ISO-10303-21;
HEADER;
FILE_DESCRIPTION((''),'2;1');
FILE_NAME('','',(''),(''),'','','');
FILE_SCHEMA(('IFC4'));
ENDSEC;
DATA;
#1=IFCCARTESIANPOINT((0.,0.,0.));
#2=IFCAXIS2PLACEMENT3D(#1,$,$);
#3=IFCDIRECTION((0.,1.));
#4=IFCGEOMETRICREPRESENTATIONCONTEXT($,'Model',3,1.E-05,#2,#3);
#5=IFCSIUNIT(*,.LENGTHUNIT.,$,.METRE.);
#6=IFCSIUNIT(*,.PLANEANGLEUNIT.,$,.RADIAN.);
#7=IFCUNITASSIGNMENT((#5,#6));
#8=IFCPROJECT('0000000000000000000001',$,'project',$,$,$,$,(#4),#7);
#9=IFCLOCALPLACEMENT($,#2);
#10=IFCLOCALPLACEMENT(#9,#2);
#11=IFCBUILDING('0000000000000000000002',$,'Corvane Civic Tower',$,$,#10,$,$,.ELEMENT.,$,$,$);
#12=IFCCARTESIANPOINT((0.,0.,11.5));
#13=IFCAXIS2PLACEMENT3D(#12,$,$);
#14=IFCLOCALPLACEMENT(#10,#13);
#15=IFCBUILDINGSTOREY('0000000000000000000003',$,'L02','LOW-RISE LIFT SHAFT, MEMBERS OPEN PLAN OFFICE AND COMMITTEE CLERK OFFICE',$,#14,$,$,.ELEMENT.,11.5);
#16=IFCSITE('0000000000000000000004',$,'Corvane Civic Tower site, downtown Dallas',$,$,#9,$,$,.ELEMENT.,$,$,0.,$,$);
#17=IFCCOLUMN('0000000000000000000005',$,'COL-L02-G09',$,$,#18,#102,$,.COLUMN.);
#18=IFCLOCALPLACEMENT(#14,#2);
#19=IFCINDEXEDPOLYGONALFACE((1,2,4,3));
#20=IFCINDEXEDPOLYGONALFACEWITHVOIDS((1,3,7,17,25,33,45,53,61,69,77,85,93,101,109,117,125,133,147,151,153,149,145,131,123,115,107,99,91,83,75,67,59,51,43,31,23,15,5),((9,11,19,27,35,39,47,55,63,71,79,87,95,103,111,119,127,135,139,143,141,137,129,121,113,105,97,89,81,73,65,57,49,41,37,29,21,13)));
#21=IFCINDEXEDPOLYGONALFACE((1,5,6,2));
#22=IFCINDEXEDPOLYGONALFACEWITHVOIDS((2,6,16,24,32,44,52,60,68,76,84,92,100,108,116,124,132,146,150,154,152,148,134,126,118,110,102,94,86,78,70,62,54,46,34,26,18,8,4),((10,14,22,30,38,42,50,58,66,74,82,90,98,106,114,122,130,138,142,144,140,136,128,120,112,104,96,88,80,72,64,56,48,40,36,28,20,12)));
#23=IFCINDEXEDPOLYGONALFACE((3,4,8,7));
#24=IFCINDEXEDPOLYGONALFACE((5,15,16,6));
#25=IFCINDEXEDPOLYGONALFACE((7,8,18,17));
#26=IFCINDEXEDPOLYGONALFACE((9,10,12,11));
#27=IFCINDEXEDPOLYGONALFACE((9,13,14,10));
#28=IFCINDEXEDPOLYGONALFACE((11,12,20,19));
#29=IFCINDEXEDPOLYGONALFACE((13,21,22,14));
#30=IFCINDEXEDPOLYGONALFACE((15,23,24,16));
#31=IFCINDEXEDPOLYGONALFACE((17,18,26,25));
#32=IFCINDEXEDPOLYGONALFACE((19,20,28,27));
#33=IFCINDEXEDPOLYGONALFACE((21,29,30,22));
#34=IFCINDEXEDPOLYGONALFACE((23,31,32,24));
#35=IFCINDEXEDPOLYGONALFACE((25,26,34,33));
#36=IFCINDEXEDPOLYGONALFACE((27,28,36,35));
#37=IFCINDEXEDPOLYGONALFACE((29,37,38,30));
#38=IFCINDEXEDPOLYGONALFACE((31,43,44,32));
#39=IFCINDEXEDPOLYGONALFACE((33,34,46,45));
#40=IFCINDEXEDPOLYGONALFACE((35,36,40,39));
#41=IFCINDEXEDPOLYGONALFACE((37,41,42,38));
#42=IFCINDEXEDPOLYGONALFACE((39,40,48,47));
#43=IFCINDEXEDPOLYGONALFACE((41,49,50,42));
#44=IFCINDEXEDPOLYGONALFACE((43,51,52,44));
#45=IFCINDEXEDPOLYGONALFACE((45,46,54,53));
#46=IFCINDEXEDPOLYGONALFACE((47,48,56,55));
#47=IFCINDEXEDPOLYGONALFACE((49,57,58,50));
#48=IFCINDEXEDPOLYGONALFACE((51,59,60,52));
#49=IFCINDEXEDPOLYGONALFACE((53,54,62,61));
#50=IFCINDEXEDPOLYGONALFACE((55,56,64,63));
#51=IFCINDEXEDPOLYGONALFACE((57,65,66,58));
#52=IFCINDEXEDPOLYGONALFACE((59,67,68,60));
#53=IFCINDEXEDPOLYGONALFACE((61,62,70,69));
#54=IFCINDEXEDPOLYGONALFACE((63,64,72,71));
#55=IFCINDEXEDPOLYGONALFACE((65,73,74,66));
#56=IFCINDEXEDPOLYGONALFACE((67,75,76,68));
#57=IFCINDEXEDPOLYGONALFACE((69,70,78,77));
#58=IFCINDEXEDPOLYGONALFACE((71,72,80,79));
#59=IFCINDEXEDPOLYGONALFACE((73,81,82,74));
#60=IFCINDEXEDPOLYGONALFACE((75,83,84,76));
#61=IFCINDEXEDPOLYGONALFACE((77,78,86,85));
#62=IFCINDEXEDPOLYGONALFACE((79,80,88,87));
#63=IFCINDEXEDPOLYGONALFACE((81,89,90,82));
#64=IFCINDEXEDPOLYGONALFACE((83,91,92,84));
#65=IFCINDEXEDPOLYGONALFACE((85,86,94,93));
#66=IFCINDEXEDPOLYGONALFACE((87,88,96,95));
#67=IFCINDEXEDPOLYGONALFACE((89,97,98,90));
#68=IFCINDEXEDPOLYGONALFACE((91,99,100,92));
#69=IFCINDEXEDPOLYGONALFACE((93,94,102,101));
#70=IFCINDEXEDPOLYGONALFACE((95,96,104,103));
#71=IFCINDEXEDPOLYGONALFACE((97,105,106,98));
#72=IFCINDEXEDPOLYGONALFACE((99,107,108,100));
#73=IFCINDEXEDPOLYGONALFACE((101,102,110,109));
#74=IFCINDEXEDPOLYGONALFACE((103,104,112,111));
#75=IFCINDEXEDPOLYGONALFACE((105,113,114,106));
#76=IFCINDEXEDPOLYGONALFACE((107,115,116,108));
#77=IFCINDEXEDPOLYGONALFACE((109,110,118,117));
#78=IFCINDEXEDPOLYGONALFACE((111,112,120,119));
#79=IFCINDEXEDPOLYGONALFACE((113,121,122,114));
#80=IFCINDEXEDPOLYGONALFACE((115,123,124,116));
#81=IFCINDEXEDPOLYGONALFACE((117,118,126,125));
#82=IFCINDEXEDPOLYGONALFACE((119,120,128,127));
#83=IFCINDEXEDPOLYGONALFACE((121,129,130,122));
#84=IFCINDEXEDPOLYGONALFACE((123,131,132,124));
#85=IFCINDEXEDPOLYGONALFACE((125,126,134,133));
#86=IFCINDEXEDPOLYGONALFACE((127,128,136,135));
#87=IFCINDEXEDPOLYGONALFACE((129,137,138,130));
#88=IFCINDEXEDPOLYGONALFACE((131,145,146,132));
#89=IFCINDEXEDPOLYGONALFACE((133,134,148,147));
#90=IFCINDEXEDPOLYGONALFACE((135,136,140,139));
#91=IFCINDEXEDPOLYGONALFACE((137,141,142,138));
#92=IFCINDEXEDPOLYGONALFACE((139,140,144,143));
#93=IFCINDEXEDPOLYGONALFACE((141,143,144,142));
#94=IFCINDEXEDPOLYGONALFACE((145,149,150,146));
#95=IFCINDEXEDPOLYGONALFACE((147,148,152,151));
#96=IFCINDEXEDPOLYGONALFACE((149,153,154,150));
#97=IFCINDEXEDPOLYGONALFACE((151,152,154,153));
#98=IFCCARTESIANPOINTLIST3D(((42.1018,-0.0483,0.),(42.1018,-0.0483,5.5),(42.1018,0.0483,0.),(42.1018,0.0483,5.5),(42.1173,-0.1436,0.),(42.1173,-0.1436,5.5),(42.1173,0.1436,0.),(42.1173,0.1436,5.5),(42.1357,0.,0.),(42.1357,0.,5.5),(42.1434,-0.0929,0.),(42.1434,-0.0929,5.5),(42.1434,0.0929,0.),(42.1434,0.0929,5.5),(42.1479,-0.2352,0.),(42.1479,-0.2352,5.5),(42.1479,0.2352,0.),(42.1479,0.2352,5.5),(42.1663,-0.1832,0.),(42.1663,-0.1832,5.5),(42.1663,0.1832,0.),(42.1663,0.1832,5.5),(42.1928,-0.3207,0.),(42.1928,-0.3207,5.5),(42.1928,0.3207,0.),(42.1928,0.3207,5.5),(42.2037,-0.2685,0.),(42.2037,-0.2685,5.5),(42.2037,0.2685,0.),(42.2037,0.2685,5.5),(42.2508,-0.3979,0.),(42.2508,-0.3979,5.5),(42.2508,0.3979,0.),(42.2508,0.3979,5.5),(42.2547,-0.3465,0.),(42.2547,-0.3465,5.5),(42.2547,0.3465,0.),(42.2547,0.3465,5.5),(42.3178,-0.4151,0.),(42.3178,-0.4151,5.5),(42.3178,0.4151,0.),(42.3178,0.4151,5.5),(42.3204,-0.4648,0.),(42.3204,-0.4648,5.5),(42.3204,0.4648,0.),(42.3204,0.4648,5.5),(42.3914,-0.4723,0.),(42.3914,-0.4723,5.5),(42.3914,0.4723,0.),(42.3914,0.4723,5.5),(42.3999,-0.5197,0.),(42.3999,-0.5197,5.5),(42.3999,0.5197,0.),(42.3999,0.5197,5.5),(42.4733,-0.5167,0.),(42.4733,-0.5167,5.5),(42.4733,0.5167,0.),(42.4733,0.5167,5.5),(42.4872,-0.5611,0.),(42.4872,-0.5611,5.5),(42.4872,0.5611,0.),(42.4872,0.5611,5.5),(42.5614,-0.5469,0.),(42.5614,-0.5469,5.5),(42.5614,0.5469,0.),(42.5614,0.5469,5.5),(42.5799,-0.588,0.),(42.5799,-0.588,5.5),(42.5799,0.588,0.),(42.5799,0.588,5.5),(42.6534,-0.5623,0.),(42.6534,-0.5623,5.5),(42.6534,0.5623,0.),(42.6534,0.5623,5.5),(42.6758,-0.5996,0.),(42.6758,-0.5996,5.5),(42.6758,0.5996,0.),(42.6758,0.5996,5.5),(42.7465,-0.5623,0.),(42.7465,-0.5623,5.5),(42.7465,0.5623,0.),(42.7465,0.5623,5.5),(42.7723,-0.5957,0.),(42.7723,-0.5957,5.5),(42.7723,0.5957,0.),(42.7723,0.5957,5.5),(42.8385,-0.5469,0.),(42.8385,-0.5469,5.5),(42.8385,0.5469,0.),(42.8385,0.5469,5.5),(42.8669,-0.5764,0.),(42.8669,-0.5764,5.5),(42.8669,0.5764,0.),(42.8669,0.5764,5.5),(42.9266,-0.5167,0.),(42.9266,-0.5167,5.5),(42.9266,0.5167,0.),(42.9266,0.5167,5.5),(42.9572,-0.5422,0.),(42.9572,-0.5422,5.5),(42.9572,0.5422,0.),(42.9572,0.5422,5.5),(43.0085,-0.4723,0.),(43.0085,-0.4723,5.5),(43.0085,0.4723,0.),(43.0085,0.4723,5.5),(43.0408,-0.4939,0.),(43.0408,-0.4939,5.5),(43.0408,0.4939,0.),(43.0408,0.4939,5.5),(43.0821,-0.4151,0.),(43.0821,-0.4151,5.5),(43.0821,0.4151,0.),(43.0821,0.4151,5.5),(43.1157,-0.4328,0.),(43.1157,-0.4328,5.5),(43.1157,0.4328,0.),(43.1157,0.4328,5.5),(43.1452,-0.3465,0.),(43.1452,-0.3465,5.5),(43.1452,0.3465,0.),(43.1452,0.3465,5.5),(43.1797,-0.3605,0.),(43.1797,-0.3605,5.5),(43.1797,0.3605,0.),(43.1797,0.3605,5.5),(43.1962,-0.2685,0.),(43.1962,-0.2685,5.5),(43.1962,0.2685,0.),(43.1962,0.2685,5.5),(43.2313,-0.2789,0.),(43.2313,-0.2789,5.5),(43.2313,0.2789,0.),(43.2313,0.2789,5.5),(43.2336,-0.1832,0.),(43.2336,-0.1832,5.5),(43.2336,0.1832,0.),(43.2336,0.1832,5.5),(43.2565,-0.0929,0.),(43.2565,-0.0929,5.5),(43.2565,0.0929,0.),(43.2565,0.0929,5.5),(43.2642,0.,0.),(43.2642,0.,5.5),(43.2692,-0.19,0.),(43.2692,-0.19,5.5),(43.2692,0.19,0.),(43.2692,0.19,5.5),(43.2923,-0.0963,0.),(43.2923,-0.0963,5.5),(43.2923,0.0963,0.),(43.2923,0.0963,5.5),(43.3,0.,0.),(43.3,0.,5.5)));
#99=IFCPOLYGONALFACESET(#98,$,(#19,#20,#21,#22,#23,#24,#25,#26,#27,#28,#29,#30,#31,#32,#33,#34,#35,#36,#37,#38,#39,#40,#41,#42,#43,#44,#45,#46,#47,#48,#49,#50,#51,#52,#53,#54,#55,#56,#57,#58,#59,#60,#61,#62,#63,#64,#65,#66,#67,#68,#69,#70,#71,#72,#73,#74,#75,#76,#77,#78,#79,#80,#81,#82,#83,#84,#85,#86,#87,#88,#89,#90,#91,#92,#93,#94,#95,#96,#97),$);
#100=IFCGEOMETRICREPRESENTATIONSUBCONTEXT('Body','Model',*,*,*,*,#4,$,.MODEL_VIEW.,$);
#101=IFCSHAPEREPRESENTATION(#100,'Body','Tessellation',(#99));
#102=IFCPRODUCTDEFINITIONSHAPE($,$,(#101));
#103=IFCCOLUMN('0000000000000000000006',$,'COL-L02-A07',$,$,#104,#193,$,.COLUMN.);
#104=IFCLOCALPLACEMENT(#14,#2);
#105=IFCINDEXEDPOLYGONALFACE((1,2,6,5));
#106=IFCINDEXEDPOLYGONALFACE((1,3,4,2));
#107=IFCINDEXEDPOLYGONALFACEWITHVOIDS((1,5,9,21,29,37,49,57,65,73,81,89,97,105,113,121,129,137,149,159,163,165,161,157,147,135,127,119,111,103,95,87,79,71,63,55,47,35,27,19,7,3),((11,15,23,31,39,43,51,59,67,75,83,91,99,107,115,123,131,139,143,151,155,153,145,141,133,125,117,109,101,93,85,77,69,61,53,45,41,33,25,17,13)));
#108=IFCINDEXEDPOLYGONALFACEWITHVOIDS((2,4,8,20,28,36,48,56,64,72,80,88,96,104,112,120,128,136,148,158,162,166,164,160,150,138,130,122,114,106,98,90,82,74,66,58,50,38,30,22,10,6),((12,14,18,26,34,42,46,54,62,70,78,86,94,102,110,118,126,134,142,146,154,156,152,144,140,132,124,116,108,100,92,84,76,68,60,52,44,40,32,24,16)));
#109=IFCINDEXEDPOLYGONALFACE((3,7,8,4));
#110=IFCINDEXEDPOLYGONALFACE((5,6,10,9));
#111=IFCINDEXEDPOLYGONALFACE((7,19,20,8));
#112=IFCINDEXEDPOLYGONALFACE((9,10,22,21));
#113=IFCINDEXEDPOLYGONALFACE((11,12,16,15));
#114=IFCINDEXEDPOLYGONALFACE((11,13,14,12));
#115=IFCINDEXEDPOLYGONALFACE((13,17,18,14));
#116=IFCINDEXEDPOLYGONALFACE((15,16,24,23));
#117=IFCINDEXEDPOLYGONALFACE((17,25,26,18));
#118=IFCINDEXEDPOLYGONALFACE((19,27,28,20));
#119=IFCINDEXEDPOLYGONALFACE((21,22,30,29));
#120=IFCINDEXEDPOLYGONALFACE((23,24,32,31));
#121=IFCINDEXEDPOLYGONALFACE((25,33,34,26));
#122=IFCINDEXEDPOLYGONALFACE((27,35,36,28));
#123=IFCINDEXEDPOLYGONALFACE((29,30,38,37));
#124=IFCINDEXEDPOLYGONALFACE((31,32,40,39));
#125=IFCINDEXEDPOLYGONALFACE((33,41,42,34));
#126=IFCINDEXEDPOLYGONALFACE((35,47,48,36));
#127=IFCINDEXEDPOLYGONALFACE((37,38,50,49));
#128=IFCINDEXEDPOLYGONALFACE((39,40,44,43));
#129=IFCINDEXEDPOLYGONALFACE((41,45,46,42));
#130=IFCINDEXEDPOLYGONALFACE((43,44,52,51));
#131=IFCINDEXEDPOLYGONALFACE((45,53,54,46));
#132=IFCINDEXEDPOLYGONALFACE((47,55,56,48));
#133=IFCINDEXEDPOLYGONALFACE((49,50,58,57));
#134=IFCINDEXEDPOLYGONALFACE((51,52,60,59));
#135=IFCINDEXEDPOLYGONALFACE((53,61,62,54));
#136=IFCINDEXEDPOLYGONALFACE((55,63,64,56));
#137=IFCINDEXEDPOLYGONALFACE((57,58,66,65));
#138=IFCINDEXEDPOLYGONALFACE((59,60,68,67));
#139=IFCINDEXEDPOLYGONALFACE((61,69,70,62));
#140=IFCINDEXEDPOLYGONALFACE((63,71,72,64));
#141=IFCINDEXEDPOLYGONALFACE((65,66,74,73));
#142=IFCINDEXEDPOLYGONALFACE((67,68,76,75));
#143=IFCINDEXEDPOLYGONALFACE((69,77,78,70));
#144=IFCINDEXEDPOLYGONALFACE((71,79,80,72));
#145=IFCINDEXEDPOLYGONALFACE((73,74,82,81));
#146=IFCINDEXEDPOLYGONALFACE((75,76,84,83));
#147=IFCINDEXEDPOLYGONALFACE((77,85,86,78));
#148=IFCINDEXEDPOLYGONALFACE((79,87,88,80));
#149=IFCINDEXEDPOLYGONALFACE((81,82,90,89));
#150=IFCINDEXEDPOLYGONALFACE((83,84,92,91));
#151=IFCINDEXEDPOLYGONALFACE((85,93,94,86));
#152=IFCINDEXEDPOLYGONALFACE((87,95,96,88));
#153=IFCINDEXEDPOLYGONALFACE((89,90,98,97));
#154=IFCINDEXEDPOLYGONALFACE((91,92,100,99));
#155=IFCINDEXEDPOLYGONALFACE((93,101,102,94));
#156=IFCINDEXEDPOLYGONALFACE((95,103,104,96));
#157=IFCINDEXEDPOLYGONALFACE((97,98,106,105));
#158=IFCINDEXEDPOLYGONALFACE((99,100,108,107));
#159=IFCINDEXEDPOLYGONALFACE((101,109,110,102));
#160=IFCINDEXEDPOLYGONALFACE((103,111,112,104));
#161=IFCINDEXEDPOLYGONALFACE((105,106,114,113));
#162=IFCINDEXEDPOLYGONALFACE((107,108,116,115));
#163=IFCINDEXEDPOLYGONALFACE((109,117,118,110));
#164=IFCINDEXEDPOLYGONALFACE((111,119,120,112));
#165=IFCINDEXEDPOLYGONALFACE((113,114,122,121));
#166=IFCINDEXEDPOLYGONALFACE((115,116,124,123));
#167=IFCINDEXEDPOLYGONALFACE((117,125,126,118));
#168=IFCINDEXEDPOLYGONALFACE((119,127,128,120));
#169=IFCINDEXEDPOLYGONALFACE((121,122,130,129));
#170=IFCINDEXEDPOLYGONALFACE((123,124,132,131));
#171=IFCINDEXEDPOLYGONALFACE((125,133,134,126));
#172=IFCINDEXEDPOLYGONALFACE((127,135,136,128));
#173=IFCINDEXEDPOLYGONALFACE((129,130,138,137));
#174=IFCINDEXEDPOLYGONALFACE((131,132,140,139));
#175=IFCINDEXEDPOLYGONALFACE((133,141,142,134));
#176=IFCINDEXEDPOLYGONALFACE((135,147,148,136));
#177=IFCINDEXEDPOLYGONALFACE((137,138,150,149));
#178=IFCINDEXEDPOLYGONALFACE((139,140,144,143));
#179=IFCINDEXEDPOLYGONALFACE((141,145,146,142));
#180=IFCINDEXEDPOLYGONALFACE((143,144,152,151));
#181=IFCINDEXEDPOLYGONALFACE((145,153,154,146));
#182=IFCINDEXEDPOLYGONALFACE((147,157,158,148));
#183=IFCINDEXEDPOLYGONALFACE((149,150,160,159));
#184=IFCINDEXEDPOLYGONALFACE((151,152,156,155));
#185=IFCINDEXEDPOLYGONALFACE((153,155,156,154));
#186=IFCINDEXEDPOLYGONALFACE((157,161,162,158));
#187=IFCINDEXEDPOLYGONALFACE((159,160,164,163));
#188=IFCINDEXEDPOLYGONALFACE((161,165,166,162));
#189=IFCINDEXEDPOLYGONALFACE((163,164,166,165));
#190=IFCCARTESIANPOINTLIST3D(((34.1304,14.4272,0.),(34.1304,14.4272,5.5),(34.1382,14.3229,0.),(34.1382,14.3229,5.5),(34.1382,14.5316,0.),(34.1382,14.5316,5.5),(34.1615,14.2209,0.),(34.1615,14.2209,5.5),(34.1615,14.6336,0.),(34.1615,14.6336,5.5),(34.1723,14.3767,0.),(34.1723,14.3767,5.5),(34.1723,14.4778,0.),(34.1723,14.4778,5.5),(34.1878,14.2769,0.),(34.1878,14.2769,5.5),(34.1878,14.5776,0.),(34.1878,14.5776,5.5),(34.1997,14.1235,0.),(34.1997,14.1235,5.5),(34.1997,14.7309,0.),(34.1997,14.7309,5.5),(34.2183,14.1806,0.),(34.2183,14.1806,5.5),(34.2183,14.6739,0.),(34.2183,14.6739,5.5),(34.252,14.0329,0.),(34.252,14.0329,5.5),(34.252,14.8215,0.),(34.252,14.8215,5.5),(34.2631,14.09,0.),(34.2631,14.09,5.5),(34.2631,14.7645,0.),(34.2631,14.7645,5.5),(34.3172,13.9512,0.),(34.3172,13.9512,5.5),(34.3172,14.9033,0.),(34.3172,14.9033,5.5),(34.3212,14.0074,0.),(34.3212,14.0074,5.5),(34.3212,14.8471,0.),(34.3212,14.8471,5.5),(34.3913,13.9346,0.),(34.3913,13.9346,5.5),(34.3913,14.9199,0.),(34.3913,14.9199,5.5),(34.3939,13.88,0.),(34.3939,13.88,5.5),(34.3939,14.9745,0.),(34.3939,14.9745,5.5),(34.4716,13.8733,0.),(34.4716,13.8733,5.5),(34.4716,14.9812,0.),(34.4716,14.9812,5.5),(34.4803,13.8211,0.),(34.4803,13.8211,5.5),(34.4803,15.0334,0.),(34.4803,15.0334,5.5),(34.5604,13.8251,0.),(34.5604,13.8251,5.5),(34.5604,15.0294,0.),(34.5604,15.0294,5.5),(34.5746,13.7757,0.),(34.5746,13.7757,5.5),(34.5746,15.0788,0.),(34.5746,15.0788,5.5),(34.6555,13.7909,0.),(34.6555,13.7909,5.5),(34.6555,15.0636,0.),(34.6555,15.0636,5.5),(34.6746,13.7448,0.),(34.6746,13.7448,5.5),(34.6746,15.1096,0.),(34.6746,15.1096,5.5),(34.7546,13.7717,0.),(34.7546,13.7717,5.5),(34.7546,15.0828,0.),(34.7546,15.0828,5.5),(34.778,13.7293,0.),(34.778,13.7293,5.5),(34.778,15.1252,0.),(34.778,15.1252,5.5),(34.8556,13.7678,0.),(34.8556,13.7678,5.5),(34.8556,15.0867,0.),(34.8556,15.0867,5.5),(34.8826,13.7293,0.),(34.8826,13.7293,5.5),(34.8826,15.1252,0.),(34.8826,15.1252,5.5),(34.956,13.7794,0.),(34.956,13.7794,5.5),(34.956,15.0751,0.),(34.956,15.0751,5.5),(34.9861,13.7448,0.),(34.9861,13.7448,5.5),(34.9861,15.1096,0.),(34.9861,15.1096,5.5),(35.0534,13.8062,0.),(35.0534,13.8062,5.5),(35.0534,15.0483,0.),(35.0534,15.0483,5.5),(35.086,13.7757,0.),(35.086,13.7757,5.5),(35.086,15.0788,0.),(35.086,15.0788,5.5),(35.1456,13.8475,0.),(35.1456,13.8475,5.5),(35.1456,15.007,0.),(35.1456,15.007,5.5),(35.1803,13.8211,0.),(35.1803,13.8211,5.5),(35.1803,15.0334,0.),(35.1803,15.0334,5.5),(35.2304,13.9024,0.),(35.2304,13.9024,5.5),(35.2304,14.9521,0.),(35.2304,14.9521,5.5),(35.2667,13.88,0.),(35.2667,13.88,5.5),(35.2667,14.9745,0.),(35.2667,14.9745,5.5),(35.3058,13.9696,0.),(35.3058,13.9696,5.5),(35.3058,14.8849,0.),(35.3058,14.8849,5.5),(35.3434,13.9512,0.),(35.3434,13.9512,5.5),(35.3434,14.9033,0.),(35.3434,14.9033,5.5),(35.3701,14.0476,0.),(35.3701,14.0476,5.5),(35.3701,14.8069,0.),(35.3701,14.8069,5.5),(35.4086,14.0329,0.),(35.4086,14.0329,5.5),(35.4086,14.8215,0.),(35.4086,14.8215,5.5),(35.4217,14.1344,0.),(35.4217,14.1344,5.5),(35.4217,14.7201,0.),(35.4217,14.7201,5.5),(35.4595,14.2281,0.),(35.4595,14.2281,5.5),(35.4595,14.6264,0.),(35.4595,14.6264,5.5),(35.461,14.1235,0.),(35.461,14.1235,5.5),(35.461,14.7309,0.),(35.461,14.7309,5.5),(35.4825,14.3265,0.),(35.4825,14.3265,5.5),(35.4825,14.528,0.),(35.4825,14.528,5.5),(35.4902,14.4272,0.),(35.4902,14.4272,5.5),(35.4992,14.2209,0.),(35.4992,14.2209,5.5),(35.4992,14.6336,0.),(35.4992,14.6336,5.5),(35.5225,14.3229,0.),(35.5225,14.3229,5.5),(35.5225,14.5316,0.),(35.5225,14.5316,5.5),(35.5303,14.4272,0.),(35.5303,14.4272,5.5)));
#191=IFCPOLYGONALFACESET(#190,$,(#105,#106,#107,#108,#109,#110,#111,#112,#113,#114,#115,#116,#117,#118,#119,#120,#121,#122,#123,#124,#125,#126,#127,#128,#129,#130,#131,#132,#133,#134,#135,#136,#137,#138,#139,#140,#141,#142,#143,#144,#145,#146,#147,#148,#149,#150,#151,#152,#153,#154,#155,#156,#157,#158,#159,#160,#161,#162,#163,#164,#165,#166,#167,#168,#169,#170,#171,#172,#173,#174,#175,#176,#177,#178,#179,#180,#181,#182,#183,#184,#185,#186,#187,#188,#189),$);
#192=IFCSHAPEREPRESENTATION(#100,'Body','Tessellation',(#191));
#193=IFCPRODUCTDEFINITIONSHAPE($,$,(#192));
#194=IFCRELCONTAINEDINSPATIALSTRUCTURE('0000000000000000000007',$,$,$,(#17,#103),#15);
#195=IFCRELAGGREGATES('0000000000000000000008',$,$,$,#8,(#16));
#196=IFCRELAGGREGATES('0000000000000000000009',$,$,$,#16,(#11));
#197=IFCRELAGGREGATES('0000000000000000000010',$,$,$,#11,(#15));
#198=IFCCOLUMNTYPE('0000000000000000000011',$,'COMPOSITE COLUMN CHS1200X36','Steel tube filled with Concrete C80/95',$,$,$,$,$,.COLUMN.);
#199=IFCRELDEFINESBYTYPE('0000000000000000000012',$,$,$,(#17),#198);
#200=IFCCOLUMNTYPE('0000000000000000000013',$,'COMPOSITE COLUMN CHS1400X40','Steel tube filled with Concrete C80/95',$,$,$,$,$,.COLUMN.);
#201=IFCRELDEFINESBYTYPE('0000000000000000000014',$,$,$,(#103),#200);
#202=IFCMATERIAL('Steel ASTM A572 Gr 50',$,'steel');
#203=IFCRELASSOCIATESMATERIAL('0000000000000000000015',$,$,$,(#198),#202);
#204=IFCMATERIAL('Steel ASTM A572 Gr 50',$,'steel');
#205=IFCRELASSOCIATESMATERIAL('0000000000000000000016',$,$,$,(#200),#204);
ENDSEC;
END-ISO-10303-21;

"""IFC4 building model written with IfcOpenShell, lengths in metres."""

from ifc_helpers import new_model, si_unit, direction, frame, origin, origin_2d, place, context, subcontext, project, spatial, hollow_circle, extrude, material, material_profile, profile_set, type_object, element, save


model = new_model("IFC4")

# Units and contexts
model_context = context("Model", 3, precision=1e-05, world=origin(), true_north=direction((0.0, 1.0)))
body_context = subcontext(model_context, "Body", "Model", "MODEL_VIEW")
ifc_project = project(units=[si_unit("LENGTHUNIT", "METRE"), si_unit("PLANEANGLEUNIT", "RADIAN")], contexts=[model_context])

# Site, building, storey
site_placement = place(None, origin())
site = spatial("IfcSite", under=ifc_project, at=site_placement, Name="Corvane Civic Tower site, downtown Dallas", CompositionType="ELEMENT", RefElevation=0.0)
building_placement = place(site_placement, origin())
building = spatial("IfcBuilding", under=site, at=building_placement, Name="Corvane Civic Tower", CompositionType="ELEMENT")
storey_placement = place(building_placement, frame((0.0, 0.0, 11.5)))
storey = spatial("IfcBuildingStorey", under=building, at=storey_placement, Name="L02", Description="LOW-RISE LIFT SHAFT, MEMBERS OPEN PLAN OFFICE AND COMMITTEE CLERK OFFICE", CompositionType="ELEMENT", Elevation=11.5)

# Columns
ifc_material_1 = material(Name="Steel ASTM A572 Gr 50", Category="steel")
ifc_material_profile_1 = material_profile(ifc_material_1, hollow_circle(Radius=0.6001, WallThickness=0.0359, at=origin_2d()), Name="CHS1200X36")
ifc_profile_set_1 = profile_set([ifc_material_profile_1], Name="Steel ASTM A572 Gr 50")
column_type_1 = type_object("IfcColumnType", Name="COMPOSITE COLUMN CHS1200X36", Description="Steel tube filled with Concrete C80/95", PredefinedType="COLUMN", material=ifc_profile_set_1)
for number, where, z_axis, x_axis, name in (
    (1, (42.7, 0.0, 0.0), (0.0, 0.0, 1.0), (1.0, 0.0, 0.0), "COL-L02-G09"),
):
    element("IfcColumn", number, at=place(storey_placement, frame(where, z_axis=z_axis, x_axis=x_axis)), inside=storey, type_object=column_type_1, Name=name, PredefinedType="COLUMN", context=body_context, shape_type="SweptSolid", body=[
        extrude(hollow_circle(Radius=0.6001, WallThickness=0.0359, at=origin_2d()), origin(), (0.0, 0.0, 1.0), 5.5),
    ])
ifc_material_2 = material(Name="Steel ASTM A572 Gr 50", Category="steel")
ifc_material_profile_2 = material_profile(ifc_material_2, hollow_circle(Radius=0.7, WallThickness=0.04, at=origin_2d()), Name="CHS1400X40")
ifc_profile_set_2 = profile_set([ifc_material_profile_2], Name="Steel ASTM A572 Gr 50")
column_type_2 = type_object("IfcColumnType", Name="COMPOSITE COLUMN CHS1400X40", Description="Steel tube filled with Concrete C80/95", PredefinedType="COLUMN", material=ifc_profile_set_2)
for number, where, z_axis, x_axis, name in (
    (2, (34.8303, 14.4272, 0.0), (0.0, 0.0, 1.0), (1.0, 0.0, 0.0), "COL-L02-A07"),
):
    element("IfcColumn", number, at=place(storey_placement, frame(where, z_axis=z_axis, x_axis=x_axis)), inside=storey, type_object=column_type_2, Name=name, PredefinedType="COLUMN", context=body_context, shape_type="SweptSolid", body=[
        extrude(hollow_circle(Radius=0.7, WallThickness=0.04, at=origin_2d()), origin(), (0.0, 0.0, 1.0), 5.5),
    ])

save(model, "model.ifc")
